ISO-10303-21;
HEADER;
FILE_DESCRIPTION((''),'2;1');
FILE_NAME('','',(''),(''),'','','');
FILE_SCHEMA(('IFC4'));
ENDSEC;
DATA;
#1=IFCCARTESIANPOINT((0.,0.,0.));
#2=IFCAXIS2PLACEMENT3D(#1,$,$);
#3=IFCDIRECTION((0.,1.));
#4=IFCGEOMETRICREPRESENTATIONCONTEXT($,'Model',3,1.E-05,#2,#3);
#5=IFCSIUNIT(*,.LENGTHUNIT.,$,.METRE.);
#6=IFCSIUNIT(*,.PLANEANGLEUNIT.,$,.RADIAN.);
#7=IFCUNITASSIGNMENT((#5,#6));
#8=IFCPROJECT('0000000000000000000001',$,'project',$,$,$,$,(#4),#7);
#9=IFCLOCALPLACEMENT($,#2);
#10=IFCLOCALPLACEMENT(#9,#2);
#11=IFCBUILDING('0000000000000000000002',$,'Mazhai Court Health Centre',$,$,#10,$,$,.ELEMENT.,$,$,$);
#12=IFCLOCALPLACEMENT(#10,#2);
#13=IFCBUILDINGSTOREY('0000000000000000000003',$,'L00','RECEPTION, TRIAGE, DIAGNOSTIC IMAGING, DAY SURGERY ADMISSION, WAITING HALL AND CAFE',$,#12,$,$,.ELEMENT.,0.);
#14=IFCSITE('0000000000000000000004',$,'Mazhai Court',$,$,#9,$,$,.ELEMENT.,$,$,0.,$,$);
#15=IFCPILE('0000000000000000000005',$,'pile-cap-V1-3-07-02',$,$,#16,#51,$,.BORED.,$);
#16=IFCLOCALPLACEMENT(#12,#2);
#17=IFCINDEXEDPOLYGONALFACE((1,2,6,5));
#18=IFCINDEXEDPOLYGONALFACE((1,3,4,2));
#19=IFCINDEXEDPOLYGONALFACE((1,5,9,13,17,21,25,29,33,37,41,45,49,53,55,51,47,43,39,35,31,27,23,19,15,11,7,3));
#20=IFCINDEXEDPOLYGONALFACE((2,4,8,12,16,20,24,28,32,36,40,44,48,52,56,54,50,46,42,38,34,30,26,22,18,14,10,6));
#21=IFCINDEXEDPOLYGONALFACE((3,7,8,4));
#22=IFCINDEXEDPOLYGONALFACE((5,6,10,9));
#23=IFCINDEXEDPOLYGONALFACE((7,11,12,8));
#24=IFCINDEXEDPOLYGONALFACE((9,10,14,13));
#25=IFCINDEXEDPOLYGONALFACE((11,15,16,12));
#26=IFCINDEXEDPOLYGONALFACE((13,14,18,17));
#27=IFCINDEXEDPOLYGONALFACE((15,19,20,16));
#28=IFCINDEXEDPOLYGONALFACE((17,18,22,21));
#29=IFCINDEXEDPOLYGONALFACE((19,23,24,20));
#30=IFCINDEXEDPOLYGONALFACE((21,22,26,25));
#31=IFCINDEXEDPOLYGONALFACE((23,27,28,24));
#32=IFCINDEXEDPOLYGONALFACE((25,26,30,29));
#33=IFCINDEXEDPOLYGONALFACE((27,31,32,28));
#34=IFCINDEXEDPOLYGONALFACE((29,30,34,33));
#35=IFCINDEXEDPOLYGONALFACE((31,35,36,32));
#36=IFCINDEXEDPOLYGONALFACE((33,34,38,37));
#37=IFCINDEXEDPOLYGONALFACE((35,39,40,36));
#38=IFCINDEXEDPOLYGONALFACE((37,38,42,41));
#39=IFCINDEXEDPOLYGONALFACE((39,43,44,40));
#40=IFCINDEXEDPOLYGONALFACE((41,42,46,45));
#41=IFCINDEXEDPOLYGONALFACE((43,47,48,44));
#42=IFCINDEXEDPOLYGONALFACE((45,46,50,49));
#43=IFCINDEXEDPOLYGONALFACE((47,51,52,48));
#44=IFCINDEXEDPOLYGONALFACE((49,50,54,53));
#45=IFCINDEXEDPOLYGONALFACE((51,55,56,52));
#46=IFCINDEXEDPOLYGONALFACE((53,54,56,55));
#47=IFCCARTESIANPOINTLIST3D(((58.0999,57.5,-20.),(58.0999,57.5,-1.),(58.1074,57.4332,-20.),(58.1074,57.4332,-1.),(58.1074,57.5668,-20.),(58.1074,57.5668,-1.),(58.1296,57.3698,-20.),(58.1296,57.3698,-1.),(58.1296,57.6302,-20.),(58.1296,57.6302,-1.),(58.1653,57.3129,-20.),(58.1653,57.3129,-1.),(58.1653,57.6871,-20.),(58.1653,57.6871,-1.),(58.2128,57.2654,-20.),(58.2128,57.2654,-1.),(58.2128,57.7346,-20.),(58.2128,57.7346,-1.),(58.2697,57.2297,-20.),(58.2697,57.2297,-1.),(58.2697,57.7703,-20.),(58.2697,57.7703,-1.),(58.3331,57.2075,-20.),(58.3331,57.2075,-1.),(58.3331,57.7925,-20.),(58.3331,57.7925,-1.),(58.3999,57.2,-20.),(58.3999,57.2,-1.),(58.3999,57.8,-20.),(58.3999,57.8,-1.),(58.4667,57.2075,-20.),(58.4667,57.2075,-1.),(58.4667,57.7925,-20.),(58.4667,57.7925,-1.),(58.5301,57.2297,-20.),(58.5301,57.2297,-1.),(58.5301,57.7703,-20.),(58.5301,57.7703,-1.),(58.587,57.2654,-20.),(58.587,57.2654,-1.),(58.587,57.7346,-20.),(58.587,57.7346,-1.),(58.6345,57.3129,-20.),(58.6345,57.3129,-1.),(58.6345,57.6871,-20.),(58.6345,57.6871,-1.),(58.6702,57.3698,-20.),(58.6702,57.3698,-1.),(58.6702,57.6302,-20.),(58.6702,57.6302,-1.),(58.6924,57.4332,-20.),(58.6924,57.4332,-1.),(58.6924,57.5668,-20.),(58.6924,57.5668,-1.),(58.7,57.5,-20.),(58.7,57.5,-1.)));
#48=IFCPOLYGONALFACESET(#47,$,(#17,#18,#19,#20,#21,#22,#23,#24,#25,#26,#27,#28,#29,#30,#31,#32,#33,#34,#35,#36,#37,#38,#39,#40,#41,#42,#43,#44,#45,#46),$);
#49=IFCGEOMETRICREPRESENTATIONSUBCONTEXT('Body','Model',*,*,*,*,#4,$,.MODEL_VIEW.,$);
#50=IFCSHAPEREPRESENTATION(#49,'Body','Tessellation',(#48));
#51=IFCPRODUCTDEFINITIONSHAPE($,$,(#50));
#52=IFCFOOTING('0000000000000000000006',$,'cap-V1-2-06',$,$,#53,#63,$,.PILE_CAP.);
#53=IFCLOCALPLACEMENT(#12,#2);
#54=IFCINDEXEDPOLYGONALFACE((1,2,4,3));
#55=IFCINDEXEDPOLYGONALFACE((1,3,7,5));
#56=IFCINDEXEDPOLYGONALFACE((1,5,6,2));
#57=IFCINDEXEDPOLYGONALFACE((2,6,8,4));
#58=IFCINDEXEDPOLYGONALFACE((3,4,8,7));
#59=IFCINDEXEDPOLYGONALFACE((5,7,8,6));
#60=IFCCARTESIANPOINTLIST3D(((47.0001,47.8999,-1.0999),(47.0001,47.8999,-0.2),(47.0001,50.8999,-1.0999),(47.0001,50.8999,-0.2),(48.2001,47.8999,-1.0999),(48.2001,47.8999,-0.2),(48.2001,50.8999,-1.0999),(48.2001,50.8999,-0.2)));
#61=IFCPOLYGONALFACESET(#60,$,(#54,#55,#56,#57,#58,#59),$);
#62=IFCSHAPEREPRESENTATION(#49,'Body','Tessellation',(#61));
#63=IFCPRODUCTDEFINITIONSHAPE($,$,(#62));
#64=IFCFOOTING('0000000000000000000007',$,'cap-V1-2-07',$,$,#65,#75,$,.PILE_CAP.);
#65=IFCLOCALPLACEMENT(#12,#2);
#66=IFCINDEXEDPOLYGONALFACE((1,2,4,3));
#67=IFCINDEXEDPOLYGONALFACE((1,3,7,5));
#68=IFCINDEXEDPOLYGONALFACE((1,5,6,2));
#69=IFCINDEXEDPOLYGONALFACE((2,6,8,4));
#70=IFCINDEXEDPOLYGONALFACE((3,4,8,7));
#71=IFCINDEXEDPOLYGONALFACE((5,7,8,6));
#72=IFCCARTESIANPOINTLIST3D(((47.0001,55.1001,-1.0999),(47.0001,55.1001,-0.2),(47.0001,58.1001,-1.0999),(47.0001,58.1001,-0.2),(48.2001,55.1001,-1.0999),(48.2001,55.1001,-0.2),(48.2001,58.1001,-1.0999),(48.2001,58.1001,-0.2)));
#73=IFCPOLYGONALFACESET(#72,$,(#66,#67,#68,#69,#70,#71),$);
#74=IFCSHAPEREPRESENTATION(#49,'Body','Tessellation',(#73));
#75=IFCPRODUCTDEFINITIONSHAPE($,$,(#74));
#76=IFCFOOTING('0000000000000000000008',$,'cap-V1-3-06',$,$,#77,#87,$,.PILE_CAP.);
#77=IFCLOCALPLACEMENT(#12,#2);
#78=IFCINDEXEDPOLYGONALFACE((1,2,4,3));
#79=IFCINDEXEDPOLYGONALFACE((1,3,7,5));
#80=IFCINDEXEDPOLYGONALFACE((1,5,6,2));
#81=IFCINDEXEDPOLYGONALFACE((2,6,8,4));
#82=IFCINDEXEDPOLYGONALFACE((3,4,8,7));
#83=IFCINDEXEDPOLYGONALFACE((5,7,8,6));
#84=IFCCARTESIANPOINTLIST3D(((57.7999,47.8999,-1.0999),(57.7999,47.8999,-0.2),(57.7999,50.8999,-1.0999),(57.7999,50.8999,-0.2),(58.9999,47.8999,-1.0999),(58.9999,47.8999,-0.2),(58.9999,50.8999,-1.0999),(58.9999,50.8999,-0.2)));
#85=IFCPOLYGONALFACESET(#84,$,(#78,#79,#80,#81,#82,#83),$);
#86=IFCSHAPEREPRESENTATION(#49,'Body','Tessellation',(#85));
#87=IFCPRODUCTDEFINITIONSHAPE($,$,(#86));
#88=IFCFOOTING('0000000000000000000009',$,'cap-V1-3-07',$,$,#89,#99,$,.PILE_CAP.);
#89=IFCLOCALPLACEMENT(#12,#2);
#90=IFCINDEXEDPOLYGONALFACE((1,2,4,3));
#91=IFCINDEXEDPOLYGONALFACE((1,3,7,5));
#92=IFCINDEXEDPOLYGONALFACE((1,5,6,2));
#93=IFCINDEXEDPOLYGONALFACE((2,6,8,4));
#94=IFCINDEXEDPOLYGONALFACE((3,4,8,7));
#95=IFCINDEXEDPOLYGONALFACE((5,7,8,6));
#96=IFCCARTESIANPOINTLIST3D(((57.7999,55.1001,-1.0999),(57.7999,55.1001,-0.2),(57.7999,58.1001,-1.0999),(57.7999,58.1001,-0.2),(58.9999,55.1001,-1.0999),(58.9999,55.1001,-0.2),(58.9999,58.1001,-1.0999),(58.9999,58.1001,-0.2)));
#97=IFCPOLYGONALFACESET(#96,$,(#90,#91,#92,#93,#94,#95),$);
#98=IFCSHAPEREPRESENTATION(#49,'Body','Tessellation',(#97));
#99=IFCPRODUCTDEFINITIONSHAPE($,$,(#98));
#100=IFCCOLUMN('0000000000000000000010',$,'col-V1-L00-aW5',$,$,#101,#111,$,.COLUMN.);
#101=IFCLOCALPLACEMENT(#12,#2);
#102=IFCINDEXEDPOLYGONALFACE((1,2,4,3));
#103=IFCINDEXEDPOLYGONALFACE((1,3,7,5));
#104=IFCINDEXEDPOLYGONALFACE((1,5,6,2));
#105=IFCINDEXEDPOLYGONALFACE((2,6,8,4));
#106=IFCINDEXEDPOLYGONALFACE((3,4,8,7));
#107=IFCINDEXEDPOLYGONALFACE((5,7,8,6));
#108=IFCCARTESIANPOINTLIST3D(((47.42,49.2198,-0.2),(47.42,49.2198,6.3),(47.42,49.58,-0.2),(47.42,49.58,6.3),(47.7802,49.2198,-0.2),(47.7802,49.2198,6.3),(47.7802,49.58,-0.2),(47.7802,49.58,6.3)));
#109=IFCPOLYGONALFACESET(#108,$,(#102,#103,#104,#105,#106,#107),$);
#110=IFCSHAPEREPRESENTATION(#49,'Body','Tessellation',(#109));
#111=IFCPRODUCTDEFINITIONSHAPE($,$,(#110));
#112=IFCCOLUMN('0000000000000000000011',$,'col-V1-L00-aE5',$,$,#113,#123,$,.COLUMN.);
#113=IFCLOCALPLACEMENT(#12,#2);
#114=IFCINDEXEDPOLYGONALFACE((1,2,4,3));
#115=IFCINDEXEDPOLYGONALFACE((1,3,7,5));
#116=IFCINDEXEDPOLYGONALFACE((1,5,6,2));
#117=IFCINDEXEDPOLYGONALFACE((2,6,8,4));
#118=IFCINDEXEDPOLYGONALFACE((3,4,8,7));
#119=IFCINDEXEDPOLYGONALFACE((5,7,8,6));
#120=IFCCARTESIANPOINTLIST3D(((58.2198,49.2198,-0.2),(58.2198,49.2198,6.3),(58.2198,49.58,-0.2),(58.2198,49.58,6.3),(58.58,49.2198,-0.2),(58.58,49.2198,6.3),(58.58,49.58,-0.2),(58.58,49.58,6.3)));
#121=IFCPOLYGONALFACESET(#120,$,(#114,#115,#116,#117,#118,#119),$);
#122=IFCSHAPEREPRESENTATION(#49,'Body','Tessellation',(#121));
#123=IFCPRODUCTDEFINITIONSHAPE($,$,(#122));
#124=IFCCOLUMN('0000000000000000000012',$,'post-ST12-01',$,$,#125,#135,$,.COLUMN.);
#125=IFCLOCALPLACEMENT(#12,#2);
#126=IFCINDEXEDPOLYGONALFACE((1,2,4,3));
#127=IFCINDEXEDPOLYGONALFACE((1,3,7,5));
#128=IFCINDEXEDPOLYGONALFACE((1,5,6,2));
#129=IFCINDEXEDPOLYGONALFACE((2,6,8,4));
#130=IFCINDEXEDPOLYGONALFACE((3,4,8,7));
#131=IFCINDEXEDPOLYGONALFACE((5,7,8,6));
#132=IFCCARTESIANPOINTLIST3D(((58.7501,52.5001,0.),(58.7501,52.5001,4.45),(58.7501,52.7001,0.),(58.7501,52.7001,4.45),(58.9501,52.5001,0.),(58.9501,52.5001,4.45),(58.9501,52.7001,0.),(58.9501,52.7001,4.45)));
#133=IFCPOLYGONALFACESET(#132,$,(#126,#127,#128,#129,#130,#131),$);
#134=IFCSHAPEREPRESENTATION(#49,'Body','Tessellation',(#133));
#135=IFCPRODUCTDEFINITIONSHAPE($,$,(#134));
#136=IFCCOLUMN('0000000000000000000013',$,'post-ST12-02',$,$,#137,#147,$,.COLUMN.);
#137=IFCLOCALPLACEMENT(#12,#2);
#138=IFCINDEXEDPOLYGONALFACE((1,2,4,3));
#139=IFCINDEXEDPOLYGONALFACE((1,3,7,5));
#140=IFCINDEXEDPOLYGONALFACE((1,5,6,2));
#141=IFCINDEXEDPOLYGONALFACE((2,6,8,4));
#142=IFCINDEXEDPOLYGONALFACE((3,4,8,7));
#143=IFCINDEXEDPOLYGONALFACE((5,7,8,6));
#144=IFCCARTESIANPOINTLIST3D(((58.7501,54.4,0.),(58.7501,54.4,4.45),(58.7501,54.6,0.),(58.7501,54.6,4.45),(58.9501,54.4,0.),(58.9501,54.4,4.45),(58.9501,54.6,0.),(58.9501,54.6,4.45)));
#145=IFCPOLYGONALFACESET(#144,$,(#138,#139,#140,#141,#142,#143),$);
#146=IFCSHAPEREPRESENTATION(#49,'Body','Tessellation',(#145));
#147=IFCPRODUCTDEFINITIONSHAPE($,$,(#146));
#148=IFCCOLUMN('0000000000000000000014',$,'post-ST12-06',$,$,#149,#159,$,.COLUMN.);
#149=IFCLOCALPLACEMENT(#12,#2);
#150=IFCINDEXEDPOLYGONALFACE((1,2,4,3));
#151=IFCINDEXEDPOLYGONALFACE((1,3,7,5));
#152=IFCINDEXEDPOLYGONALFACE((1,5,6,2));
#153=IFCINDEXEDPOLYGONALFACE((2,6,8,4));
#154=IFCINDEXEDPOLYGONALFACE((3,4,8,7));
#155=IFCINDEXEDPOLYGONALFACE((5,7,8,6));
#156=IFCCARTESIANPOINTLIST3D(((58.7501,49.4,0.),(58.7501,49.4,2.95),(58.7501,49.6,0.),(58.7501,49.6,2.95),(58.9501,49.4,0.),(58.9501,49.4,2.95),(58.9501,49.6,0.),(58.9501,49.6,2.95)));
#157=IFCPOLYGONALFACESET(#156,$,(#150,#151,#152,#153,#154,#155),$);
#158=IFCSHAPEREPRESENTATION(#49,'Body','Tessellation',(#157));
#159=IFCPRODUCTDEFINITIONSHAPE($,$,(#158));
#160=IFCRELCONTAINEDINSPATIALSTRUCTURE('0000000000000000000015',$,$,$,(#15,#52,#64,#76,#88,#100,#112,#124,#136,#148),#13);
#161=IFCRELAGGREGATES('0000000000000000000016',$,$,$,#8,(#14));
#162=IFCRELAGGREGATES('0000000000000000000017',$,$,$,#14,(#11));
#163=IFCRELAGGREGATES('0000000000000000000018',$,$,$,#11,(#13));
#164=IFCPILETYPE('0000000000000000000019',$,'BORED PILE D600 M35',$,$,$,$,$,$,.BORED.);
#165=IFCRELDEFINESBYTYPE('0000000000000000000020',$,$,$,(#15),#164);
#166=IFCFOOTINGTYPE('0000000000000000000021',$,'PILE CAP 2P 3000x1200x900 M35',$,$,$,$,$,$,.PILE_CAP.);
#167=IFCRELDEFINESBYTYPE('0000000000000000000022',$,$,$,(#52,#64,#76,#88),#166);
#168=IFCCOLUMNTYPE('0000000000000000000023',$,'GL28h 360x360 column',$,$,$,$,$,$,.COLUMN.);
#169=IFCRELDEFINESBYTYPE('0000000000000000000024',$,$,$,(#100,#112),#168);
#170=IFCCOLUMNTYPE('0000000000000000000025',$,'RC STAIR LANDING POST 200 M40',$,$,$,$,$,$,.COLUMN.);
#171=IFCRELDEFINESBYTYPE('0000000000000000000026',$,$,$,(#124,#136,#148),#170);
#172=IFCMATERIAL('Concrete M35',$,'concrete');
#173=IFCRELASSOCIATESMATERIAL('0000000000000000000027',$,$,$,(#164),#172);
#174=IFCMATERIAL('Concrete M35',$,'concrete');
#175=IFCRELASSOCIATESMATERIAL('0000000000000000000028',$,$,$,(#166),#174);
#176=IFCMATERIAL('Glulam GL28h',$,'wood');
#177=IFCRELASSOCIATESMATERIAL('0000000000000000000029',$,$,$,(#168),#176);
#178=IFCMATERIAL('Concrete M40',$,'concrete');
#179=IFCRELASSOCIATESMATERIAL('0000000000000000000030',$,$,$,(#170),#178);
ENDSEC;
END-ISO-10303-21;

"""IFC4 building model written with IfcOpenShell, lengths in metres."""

from ifc_helpers import new_model, si_unit, direction, frame, origin, origin_2d, place, context, subcontext, project, spatial, rectangle, circle, extrude, material, material_profile, profile_set, type_object, element, save


model = new_model("IFC4")

# Units and contexts
model_context = context("Model", 3, precision=1e-05, world=origin(), true_north=direction((0.0, 1.0)))
body_context = subcontext(model_context, "Body", "Model", "MODEL_VIEW")
ifc_project = project(units=[si_unit("LENGTHUNIT", "METRE"), si_unit("PLANEANGLEUNIT", "RADIAN")], contexts=[model_context])

# Site, building, storey
site_placement = place(None, origin())
site = spatial("IfcSite", under=ifc_project, at=site_placement, Name="Mazhai Court", CompositionType="ELEMENT", RefElevation=0.0)
building_placement = place(site_placement, origin())
building = spatial("IfcBuilding", under=site, at=building_placement, Name="Mazhai Court Health Centre", CompositionType="ELEMENT")
storey_placement = place(building_placement, origin())
storey = spatial("IfcBuildingStorey", under=building, at=storey_placement, Name="L00", Description="RECEPTION, TRIAGE, DIAGNOSTIC IMAGING, DAY SURGERY ADMISSION, WAITING HALL AND CAFE", CompositionType="ELEMENT", Elevation=0.0)

# Pile
ifc_material_1 = material(Name="Concrete M35", Category="concrete")
ifc_material_profile_1 = material_profile(ifc_material_1, circle(Radius=0.3, at=origin_2d()), Name="RC PILE D600")
ifc_profile_set_1 = profile_set([ifc_material_profile_1], Name="Concrete M35")
pile_type = type_object("IfcPileType", Name="BORED PILE D600 M35", PredefinedType="BORED", material=ifc_profile_set_1)
for number, where, z_axis, x_axis, name in (
    (1, (58.3999, 57.5, -1.0), (0.0, 0.0, -1.0), (1.0, 0.0, 0.0), "pile-cap-V1-3-07-02"),
):
    element("IfcPile", number, at=place(storey_placement, frame(where, z_axis=z_axis, x_axis=x_axis)), inside=storey, type_object=pile_type, Name=name, PredefinedType="BORED", context=body_context, shape_type="SweptSolid", body=[
        extrude(circle(Radius=0.3, at=origin_2d()), origin(), (0.0, 0.0, 1.0), 19.0),
    ])

# Footings
ifc_material_2 = material(Name="Concrete M35", Category="concrete")
footing_type = type_object("IfcFootingType", Name="PILE CAP 2P 3000x1200x900 M35", PredefinedType="PILE_CAP", material=ifc_material_2)
for number, where, z_axis, x_axis, name in (
    (2, (47.6001, 49.3999, -1.0999), (0.0, 0.0, 1.0), (1.0, 0.0, 0.0), "cap-V1-2-06"),
    (3, (47.6001, 56.6001, -1.0999), (0.0, 0.0, 1.0), (1.0, 0.0, 0.0), "cap-V1-2-07"),
    (4, (58.3999, 49.3999, -1.0999), (0.0, 0.0, 1.0), (1.0, 0.0, 0.0), "cap-V1-3-06"),
    (5, (58.3999, 56.6001, -1.0999), (0.0, 0.0, 1.0), (1.0, 0.0, 0.0), "cap-V1-3-07"),
):
    element("IfcFooting", number, at=place(storey_placement, frame(where, z_axis=z_axis, x_axis=x_axis)), inside=storey, type_object=footing_type, Name=name, PredefinedType="PILE_CAP", context=body_context, shape_type="SweptSolid", body=[
        extrude(rectangle(XDim=1.2, YDim=3.0, at=origin_2d()), origin(), (0.0, 0.0, 1.0), 0.8999),
    ])

# Columns
ifc_material_3 = material(Name="Glulam GL28h", Category="wood")
ifc_material_profile_2 = material_profile(ifc_material_3, rectangle(XDim=0.3601, YDim=0.3601, at=origin_2d()), Name="GL28h 360x360")
ifc_profile_set_2 = profile_set([ifc_material_profile_2], Name="Glulam GL28h")
column_type_1 = type_object("IfcColumnType", Name="GL28h 360x360 column", PredefinedType="COLUMN", material=ifc_profile_set_2)
for number, where, z_axis, x_axis, name in (
    (6, (47.6001, 49.3999, -0.2), (0.0, 0.0, 1.0), (1.0, 0.0, 0.0), "col-V1-L00-aW5"),
    (7, (58.3999, 49.3999, -0.2), (0.0, 0.0, 1.0), (1.0, 0.0, 0.0), "col-V1-L00-aE5"),
):
    element("IfcColumn", number, at=place(storey_placement, frame(where, z_axis=z_axis, x_axis=x_axis)), inside=storey, type_object=column_type_1, Name=name, PredefinedType="COLUMN", context=body_context, shape_type="SweptSolid", body=[
        extrude(rectangle(XDim=0.3601, YDim=0.3601, at=origin_2d()), origin(), (0.0, 0.0, 1.0), 6.5),
    ])
ifc_material_4 = material(Name="Concrete M40", Category="concrete")
ifc_material_profile_3 = material_profile(ifc_material_4, rectangle(XDim=0.2, YDim=0.2, at=origin_2d()), Name="RC 200x200")
ifc_profile_set_3 = profile_set([ifc_material_profile_3], Name="Concrete M40")
column_type_2 = type_object("IfcColumnType", Name="RC STAIR LANDING POST 200 M40", PredefinedType="COLUMN", material=ifc_profile_set_3)
for number, where, z_axis, x_axis, name in (
    (8, (58.8501, 52.6001, 0.0), (0.0, 0.0, 1.0), (1.0, 0.0, 0.0), "post-ST12-01"),
    (9, (58.8501, 54.5, 0.0), (0.0, 0.0, 1.0), (1.0, 0.0, 0.0), "post-ST12-02"),
):
    element("IfcColumn", number, at=place(storey_placement, frame(where, z_axis=z_axis, x_axis=x_axis)), inside=storey, type_object=column_type_2, Name=name, PredefinedType="COLUMN", context=body_context, shape_type="SweptSolid", body=[
        extrude(rectangle(XDim=0.2, YDim=0.2, at=origin_2d()), origin(), (0.0, 0.0, 1.0), 4.45),
    ])
column_placement = place(storey_placement, frame((58.8501, 49.5, 0.0), z_axis=(0.0, 0.0, 1.0), x_axis=(1.0, 0.0, 0.0)))
element("IfcColumn", 10, at=column_placement, inside=storey, type_object=column_type_2, Name="post-ST12-06", PredefinedType="COLUMN", context=body_context, shape_type="SweptSolid", body=[
    extrude(rectangle(XDim=0.2, YDim=0.2, at=origin_2d()), origin(), (0.0, 0.0, 1.0), 2.95),
])

save(model, "model.ifc")
